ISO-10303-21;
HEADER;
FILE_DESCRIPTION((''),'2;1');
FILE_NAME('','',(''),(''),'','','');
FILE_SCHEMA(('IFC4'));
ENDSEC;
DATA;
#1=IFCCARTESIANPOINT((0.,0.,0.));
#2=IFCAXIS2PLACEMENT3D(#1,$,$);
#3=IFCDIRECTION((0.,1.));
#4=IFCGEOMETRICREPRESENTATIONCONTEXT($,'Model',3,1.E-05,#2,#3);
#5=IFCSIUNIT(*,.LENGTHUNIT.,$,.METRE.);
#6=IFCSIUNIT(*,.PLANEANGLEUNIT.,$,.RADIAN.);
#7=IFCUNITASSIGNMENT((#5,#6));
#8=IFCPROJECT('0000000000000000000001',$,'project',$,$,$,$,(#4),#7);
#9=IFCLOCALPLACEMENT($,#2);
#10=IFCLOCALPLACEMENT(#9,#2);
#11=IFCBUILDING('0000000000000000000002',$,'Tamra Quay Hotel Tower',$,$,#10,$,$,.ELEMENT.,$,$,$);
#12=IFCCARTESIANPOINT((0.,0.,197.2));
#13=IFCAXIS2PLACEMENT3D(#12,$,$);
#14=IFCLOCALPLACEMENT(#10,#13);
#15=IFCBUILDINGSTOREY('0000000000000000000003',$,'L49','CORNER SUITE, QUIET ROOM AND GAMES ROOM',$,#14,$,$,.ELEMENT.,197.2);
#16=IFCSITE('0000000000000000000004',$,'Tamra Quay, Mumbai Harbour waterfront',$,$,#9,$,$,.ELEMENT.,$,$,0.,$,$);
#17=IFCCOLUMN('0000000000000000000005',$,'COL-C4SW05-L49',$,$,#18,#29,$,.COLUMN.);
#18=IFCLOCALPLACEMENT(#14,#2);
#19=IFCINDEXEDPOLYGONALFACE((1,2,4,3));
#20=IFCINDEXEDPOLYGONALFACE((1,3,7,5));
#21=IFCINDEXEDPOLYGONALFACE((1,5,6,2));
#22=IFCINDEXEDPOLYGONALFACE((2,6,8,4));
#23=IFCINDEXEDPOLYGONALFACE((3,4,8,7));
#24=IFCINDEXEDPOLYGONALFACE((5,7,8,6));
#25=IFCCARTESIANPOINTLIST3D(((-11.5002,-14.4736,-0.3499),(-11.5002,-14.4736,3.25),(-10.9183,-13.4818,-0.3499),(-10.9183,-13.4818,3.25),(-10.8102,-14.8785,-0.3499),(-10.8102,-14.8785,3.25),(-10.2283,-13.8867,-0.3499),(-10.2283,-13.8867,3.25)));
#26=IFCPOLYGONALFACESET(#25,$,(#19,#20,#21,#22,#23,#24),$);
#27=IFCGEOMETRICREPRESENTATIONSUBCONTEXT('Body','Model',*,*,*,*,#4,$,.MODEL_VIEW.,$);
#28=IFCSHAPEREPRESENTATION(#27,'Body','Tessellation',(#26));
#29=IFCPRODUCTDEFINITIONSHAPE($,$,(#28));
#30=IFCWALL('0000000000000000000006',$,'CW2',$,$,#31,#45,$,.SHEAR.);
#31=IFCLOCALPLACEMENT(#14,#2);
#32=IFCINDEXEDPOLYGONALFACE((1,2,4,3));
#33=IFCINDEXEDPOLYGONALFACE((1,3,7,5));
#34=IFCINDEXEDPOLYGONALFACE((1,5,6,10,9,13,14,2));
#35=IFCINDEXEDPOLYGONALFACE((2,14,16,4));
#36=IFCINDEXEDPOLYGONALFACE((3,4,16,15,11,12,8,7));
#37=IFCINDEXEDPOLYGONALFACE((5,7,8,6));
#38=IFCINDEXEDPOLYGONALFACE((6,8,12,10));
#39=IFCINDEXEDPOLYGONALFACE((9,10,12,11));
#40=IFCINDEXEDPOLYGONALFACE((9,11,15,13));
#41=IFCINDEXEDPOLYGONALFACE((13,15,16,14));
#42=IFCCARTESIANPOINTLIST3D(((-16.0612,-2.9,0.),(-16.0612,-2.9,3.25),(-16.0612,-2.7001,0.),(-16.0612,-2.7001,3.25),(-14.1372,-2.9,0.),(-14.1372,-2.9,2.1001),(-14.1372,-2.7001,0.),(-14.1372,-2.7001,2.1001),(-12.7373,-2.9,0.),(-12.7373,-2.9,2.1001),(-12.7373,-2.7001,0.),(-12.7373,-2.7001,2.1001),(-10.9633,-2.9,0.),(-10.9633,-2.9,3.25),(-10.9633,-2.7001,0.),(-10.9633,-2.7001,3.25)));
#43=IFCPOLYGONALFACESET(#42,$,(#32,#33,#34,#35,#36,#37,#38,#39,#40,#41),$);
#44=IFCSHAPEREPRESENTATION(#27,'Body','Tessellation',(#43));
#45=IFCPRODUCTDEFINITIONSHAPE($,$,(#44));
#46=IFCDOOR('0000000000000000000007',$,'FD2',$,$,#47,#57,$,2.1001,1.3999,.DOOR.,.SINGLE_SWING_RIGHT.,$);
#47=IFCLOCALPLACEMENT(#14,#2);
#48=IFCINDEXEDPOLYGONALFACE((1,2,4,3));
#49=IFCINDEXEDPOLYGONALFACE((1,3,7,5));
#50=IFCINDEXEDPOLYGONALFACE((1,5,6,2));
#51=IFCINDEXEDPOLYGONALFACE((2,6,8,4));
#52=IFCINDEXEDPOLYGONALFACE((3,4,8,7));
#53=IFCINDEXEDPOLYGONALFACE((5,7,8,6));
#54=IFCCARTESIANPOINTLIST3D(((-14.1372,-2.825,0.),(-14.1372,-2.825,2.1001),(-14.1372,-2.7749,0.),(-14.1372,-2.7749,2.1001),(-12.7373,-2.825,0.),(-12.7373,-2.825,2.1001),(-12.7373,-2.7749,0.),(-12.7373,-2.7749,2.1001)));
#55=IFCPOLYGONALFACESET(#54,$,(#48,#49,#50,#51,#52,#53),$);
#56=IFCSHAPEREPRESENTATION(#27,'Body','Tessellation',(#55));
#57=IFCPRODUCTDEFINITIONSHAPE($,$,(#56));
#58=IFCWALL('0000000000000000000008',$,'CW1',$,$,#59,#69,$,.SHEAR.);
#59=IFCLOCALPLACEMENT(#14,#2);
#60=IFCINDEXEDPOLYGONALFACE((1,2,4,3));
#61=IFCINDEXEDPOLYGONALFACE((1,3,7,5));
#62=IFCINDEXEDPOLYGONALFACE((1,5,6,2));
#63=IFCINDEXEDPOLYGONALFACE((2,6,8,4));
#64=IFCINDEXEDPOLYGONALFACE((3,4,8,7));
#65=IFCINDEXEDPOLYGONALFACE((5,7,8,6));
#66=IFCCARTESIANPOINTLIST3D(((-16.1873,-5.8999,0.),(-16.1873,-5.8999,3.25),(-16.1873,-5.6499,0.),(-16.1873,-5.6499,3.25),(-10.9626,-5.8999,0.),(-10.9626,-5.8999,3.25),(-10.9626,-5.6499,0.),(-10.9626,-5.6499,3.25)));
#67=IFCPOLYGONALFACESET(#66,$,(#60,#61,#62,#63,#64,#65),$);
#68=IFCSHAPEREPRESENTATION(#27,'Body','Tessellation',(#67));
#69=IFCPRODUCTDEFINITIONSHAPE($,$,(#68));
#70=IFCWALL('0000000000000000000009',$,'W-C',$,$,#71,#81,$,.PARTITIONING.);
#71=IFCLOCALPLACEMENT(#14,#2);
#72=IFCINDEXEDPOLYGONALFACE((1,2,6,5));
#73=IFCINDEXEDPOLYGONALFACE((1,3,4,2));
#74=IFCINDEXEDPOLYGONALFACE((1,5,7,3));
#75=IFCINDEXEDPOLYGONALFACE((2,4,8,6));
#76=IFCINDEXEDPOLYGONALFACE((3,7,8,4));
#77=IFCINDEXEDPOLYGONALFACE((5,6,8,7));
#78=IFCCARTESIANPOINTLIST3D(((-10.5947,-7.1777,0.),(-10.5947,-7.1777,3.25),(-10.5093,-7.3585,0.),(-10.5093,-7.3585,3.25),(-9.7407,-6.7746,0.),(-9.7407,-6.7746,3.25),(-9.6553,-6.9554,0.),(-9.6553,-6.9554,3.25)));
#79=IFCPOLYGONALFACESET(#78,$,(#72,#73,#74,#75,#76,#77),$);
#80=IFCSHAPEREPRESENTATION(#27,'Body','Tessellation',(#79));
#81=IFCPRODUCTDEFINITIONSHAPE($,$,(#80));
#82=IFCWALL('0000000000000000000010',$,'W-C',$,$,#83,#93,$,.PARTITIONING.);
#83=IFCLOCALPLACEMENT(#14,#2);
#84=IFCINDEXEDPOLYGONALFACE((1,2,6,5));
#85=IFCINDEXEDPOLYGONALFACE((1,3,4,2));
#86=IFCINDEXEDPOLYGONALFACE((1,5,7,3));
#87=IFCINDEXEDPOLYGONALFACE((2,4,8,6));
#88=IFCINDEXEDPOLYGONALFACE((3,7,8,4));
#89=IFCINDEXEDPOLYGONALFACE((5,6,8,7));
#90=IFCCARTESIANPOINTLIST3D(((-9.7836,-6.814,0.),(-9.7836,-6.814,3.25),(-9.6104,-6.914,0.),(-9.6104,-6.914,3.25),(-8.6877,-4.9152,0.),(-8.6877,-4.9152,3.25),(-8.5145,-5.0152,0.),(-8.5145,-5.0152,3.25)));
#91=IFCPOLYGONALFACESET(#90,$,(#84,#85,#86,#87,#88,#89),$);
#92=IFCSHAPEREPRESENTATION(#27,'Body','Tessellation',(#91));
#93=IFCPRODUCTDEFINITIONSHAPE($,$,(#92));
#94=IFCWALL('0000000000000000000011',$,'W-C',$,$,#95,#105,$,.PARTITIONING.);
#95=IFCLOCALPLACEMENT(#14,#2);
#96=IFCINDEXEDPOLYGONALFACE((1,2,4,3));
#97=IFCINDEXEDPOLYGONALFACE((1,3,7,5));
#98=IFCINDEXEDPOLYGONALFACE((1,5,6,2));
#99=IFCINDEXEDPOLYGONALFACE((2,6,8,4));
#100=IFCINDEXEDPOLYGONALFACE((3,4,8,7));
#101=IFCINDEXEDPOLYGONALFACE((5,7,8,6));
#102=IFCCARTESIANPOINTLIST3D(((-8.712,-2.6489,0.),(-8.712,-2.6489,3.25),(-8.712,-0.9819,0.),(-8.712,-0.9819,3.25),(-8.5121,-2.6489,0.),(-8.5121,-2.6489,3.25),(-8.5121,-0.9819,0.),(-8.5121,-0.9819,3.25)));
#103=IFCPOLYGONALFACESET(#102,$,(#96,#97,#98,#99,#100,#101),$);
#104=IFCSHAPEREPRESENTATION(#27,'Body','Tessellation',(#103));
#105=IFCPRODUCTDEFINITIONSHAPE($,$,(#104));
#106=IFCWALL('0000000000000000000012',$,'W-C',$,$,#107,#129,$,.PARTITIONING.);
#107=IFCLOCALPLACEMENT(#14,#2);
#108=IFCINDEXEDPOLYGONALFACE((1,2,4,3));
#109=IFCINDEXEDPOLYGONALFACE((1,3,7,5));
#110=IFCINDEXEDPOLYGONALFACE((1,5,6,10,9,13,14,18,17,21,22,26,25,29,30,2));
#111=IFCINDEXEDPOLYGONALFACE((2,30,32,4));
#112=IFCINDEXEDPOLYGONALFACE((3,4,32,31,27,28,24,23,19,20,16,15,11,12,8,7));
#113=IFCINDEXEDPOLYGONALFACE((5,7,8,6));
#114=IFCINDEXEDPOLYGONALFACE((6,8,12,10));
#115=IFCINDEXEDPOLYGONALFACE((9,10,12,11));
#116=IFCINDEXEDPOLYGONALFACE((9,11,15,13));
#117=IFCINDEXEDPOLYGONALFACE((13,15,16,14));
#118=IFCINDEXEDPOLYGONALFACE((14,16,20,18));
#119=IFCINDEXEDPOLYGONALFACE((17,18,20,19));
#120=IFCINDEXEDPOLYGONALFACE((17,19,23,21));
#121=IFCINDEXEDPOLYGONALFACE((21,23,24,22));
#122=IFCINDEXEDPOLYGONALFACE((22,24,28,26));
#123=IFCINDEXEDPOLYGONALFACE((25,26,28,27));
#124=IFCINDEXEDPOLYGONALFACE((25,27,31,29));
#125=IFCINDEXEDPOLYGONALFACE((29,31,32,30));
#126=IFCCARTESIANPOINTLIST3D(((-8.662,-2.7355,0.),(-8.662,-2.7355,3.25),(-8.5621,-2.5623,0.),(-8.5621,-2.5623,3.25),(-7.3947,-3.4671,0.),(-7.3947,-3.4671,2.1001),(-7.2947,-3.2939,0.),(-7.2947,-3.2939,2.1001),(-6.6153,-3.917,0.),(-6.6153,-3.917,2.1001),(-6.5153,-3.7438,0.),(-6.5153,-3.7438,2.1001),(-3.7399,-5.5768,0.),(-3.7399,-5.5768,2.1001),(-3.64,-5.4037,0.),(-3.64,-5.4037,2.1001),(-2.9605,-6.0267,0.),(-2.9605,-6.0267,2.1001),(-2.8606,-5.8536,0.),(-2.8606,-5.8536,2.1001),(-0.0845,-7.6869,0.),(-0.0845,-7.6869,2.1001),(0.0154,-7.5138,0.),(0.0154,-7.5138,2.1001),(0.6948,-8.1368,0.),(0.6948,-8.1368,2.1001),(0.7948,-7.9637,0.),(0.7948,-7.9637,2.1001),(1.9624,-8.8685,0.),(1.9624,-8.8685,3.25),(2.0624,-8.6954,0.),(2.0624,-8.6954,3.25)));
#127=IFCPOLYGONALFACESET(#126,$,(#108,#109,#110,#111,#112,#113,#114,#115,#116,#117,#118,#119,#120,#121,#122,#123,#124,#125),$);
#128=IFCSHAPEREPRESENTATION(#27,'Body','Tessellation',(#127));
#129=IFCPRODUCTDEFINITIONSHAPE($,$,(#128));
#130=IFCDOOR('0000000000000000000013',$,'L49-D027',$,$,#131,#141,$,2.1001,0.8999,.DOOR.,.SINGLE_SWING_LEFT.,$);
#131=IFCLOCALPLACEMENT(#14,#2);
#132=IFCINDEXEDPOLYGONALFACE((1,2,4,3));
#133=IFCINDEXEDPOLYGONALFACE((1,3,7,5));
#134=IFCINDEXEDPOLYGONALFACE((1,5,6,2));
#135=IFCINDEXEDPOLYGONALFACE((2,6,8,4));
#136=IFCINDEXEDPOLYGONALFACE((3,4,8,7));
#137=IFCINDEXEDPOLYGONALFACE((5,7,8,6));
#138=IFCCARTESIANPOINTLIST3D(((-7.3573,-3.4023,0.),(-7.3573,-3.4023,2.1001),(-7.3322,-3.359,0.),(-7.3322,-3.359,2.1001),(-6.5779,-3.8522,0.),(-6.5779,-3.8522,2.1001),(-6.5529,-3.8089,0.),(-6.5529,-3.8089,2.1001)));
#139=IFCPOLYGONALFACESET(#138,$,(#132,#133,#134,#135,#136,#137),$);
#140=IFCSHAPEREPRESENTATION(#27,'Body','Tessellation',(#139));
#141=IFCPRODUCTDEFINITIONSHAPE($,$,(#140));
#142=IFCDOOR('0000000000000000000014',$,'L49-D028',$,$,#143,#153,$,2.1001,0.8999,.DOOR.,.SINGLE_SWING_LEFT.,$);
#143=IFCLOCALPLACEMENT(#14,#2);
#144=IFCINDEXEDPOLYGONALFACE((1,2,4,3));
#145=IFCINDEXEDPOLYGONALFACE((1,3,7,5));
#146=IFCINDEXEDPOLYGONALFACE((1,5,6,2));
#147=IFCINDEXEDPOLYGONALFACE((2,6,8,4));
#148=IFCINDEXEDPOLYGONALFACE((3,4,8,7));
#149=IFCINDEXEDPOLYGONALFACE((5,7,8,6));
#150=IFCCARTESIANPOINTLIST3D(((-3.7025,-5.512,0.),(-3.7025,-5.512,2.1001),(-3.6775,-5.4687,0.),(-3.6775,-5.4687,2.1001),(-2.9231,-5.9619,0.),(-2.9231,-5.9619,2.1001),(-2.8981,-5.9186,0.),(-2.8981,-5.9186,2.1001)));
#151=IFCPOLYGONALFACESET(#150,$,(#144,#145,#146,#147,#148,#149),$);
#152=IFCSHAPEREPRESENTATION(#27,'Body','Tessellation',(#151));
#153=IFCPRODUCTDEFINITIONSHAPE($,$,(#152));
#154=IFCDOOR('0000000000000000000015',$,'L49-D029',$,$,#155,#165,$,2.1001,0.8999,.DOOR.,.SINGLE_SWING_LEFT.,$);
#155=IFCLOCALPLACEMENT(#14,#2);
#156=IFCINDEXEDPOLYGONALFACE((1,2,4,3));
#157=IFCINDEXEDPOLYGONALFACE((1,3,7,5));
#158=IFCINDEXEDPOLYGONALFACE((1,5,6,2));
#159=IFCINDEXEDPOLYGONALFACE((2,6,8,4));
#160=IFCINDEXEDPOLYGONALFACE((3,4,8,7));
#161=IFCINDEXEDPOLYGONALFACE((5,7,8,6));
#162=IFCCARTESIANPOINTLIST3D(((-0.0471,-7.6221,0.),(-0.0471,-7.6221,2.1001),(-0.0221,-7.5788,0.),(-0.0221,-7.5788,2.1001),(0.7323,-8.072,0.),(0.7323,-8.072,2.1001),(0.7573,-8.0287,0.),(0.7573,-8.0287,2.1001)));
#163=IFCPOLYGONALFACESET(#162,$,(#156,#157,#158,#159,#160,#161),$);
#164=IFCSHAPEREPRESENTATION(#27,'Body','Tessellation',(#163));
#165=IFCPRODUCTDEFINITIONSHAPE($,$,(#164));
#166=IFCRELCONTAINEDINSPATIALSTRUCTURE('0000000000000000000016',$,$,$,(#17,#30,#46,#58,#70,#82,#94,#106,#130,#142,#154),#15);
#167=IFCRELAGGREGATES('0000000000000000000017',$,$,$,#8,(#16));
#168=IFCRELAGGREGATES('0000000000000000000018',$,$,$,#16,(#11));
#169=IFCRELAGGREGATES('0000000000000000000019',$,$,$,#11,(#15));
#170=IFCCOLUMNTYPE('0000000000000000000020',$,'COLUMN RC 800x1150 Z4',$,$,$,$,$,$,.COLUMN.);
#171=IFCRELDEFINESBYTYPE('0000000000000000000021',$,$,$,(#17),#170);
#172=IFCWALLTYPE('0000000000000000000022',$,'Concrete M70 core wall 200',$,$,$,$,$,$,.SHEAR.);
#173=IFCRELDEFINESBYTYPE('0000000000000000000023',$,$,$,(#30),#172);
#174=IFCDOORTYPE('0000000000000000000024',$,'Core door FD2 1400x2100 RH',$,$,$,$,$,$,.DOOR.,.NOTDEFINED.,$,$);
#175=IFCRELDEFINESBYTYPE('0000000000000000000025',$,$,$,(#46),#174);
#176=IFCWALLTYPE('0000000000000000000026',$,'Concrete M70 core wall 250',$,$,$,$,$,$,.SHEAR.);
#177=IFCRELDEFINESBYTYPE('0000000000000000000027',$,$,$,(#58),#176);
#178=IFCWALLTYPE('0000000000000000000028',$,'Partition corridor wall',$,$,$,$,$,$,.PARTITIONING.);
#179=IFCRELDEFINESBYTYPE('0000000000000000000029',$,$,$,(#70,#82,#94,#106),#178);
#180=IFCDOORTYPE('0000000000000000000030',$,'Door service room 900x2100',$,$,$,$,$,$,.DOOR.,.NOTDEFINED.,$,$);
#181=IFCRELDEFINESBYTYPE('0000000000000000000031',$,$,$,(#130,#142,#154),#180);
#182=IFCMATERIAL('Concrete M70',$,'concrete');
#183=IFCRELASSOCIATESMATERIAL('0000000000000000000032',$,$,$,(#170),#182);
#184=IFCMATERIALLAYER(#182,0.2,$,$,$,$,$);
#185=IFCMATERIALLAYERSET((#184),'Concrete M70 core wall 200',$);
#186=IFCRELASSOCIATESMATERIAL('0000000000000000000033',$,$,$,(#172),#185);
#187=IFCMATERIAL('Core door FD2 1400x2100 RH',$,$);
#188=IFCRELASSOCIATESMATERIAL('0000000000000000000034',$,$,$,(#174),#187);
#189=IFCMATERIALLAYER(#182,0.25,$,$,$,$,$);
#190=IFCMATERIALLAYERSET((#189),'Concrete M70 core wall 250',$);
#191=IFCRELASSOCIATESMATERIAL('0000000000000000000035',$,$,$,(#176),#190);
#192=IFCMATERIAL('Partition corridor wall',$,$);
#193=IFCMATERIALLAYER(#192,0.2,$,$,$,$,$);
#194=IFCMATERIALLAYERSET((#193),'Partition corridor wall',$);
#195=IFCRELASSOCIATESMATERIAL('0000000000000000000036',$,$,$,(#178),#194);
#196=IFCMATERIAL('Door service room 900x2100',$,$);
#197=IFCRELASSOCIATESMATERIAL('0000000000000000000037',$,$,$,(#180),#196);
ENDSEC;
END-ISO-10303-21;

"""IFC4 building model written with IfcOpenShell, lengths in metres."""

from ifc_helpers import new_model, si_unit, direction, frame, frame_2d, origin, origin_2d, place, context, subcontext, project, spatial, rectangle, extrude, material, layer, layer_set, material_profile, profile_set, type_object, element, fill, save


model = new_model("IFC4")

# Units and contexts
model_context = context("Model", 3, precision=1e-05, world=origin(), true_north=direction((0.0, 1.0)))
body_context = subcontext(model_context, "Body", "Model", "MODEL_VIEW")
ifc_project = project(units=[si_unit("LENGTHUNIT", "METRE"), si_unit("PLANEANGLEUNIT", "RADIAN")], contexts=[model_context])

# Site, building, storey
site_placement = place(None, origin())
site = spatial("IfcSite", under=ifc_project, at=site_placement, Name="Tamra Quay, Mumbai Harbour waterfront", CompositionType="ELEMENT", RefElevation=0.0)
building_placement = place(site_placement, origin())
building = spatial("IfcBuilding", under=site, at=building_placement, Name="Tamra Quay Hotel Tower", CompositionType="ELEMENT")
storey_placement = place(building_placement, frame((0.0, 0.0, 197.2)))
storey = spatial("IfcBuildingStorey", under=building, at=storey_placement, Name="L49", Description="CORNER SUITE, QUIET ROOM AND GAMES ROOM", CompositionType="ELEMENT", Elevation=197.2)

# Column
ifc_material_1 = material(Name="Concrete M70", Category="concrete")
ifc_material_profile = material_profile(ifc_material_1, rectangle(XDim=1.1499, YDim=0.8, at=origin_2d()), Name="COLUMN RC 800x1150 Z4")
ifc_profile_set = profile_set([ifc_material_profile], Name="Concrete M70")
column_type = type_object("IfcColumnType", Name="COLUMN RC 800x1150 Z4", PredefinedType="COLUMN", material=ifc_profile_set)
column_placement = place(storey_placement, frame((-10.8643, -14.1802, -0.3499), z_axis=(0.0, 0.0, 1.0), x_axis=(0.506085, 0.862484, 0.0)))
element("IfcColumn", 1, at=column_placement, inside=storey, type_object=column_type, Name="COL-C4SW05-L49", PredefinedType="COLUMN", context=body_context, shape_type="SweptSolid", body=[
    extrude(rectangle(XDim=1.1499, YDim=0.8, at=origin_2d()), origin(), (0.0, 0.0, 1.0), 3.5999),
])

# Wall, opening, door
ifc_layer_1 = layer(ifc_material_1, 0.2)
ifc_layer_set_1 = layer_set([ifc_layer_1], Name="Concrete M70 core wall 200")
wall_type_1 = type_object("IfcWallType", Name="Concrete M70 core wall 200", PredefinedType="SHEAR", material=ifc_layer_set_1)
wall_1_placement = place(storey_placement, frame((-10.9634, -2.8, 0.0), z_axis=(0.0, 0.0, 1.0), x_axis=(-1.0, 0.0, 0.0)))
wall_1 = element("IfcWall", 2, at=wall_1_placement, inside=storey, type_object=wall_type_1, Name="CW2", PredefinedType="SHEAR", context=body_context, shape_type="SweptSolid", body=[
    extrude(rectangle(XDim=5.0979, YDim=0.2, at=frame_2d((2.5488, 0.0))), origin(), (0.0, 0.0, 1.0), 3.25),
])
opening_1_placement = place(wall_1_placement, frame((1.7739, 0.0, 0.0)))
opening_1 = element("IfcOpeningElement", 3, at=opening_1_placement, cuts=wall_1, PredefinedType="OPENING", context=body_context, shape_type="SweptSolid", body=[
    extrude(rectangle(XDim=1.3999, YDim=2.1001, at=frame_2d((0.7, 1.05))), frame((0.0, 0.1099, 0.0), z_axis=(0.0, -1.0, 0.0), x_axis=(1.0, 0.0, 0.0)), (0.0, 0.0, 1.0), 0.22),
])
ifc_material_2 = material(Name="Core door FD2 1400x2100 RH")
door_type_1 = type_object("IfcDoorType", Name="Core door FD2 1400x2100 RH", OperationType="NOTDEFINED", PredefinedType="DOOR", material=ifc_material_2)
door_1_placement = place(opening_1_placement, origin())
door_1 = element("IfcDoor", 4, at=door_1_placement, inside=storey, type_object=door_type_1, Name="FD2", OperationType="SINGLE_SWING_RIGHT", OverallHeight=2.1001, OverallWidth=1.3999, PredefinedType="DOOR", context=body_context, shape_type="SweptSolid", body=[
    extrude(rectangle(XDim=1.3999, YDim=2.1001, at=frame_2d((0.7, 1.05))), frame((0.0, 0.0249, 0.0), z_axis=(0.0, -1.0, 0.0), x_axis=(1.0, 0.0, 0.0)), (0.0, 0.0, 1.0), 0.05),
])
fill(opening_1, door_1)

# Walls
ifc_layer_2 = layer(ifc_material_1, 0.25)
ifc_layer_set_2 = layer_set([ifc_layer_2], Name="Concrete M70 core wall 250")
wall_type_2 = type_object("IfcWallType", Name="Concrete M70 core wall 250", PredefinedType="SHEAR", material=ifc_layer_set_2)
wall_2_placement = place(storey_placement, frame((-10.9626, -5.7749, 0.0), z_axis=(0.0, 0.0, 1.0), x_axis=(-1.0, 0.0, 0.0)))
element("IfcWall", 5, at=wall_2_placement, inside=storey, type_object=wall_type_2, Name="CW1", PredefinedType="SHEAR", context=body_context, shape_type="SweptSolid", body=[
    extrude(rectangle(XDim=5.2246, YDim=0.25, at=frame_2d((2.6123, 0.0))), origin(), (0.0, 0.0, 1.0), 3.25),
])
ifc_material_3 = material(Name="Partition corridor wall")
ifc_layer_3 = layer(ifc_material_3, 0.2)
ifc_layer_set_3 = layer_set([ifc_layer_3], Name="Partition corridor wall")
wall_type_3 = type_object("IfcWallType", Name="Partition corridor wall", PredefinedType="PARTITIONING", material=ifc_layer_set_3)
wall_3_placement = place(storey_placement, frame((-10.552, -7.2681, 0.0), z_axis=(0.0, 0.0, 1.0), x_axis=(0.904332, 0.42683, 0.0)))
element("IfcWall", 6, at=wall_3_placement, inside=storey, type_object=wall_type_3, Name="W-C", PredefinedType="PARTITIONING", context=body_context, shape_type="SweptSolid", body=[
    extrude(rectangle(XDim=0.9443, YDim=0.2, at=frame_2d((0.4722, 0.0))), origin(), (0.0, 0.0, 1.0), 3.25),
])
wall_4_placement = place(storey_placement, frame((-9.697, -6.864, 0.0), z_axis=(0.0, 0.0, 1.0), x_axis=(0.499864, 0.866104, 0.0)))
element("IfcWall", 7, at=wall_4_placement, inside=storey, type_object=wall_type_3, Name="W-C", PredefinedType="PARTITIONING", context=body_context, shape_type="SweptSolid", body=[
    extrude(rectangle(XDim=2.1924, YDim=0.2, at=frame_2d((1.0962, 0.0))), origin(), (0.0, 0.0, 1.0), 3.25),
])
wall_5_placement = place(storey_placement, frame((-8.6121, -2.6489, 0.0), z_axis=(0.0, 0.0, 1.0), x_axis=(0.0, 1.0, 0.0)))
element("IfcWall", 8, at=wall_5_placement, inside=storey, type_object=wall_type_3, Name="W-C", PredefinedType="PARTITIONING", context=body_context, shape_type="SweptSolid", body=[
    extrude(rectangle(XDim=1.667, YDim=0.2, at=frame_2d((0.8335, 0.0))), origin(), (0.0, 0.0, 1.0), 3.25),
])

# Wall, openings, doors
wall_6_placement = place(storey_placement, frame((-8.6121, -2.6489, 0.0), z_axis=(0.0, 0.0, 1.0), x_axis=(0.866061, -0.499938, 0.0)))
wall_6 = element("IfcWall", 9, at=wall_6_placement, inside=storey, type_object=wall_type_3, Name="W-C", PredefinedType="PARTITIONING", context=body_context, shape_type="SweptSolid", body=[
    extrude(rectangle(XDim=12.2676, YDim=0.2, at=frame_2d((6.1338, 0.0))), origin(), (0.0, 0.0, 1.0), 3.25),
])
opening_2_placement = place(wall_6_placement, frame((1.4634, 0.0, 0.0)))
opening_2 = element("IfcOpeningElement", 10, at=opening_2_placement, cuts=wall_6, PredefinedType="OPENING", context=body_context, shape_type="SweptSolid", body=[
    extrude(rectangle(XDim=0.8999, YDim=2.1001, at=frame_2d((0.45, 1.05))), frame((0.0, 0.1099, 0.0), z_axis=(0.0, -1.0, 0.0), x_axis=(1.0, 0.0, 0.0)), (0.0, 0.0, 1.0), 0.22),
])
opening_3_placement = place(wall_6_placement, frame((5.6833, 0.0, 0.0)))
opening_3 = element("IfcOpeningElement", 11, at=opening_3_placement, cuts=wall_6, PredefinedType="OPENING", context=body_context, shape_type="SweptSolid", body=[
    extrude(rectangle(XDim=0.8999, YDim=2.1001, at=frame_2d((0.45, 1.05))), frame((0.0, 0.1099, 0.0), z_axis=(0.0, -1.0, 0.0), x_axis=(1.0, 0.0, 0.0)), (0.0, 0.0, 1.0), 0.22),
])
opening_4_placement = place(wall_6_placement, frame((9.9041, 0.0, 0.0)))
opening_4 = element("IfcOpeningElement", 12, at=opening_4_placement, cuts=wall_6, PredefinedType="OPENING", context=body_context, shape_type="SweptSolid", body=[
    extrude(rectangle(XDim=0.8999, YDim=2.1001, at=frame_2d((0.45, 1.05))), frame((0.0, 0.1099, 0.0), z_axis=(0.0, -1.0, 0.0), x_axis=(1.0, 0.0, 0.0)), (0.0, 0.0, 1.0), 0.22),
])
ifc_material_4 = material(Name="Door service room 900x2100")
door_type_2 = type_object("IfcDoorType", Name="Door service room 900x2100", OperationType="NOTDEFINED", PredefinedType="DOOR", material=ifc_material_4)
door_2_placement = place(opening_2_placement, origin())
door_2 = element("IfcDoor", 13, at=door_2_placement, inside=storey, type_object=door_type_2, Name="L49-D027", OperationType="SINGLE_SWING_LEFT", OverallHeight=2.1001, OverallWidth=0.8999, PredefinedType="DOOR", context=body_context, shape_type="SweptSolid", body=[
    extrude(rectangle(XDim=0.8999, YDim=2.1001, at=frame_2d((0.45, 1.05))), frame((0.0, 0.0249, 0.0), z_axis=(0.0, -1.0, 0.0), x_axis=(1.0, 0.0, 0.0)), (0.0, 0.0, 1.0), 0.05),
])
fill(opening_2, door_2)
door_3_placement = place(opening_3_placement, origin())
door_3 = element("IfcDoor", 14, at=door_3_placement, inside=storey, type_object=door_type_2, Name="L49-D028", OperationType="SINGLE_SWING_LEFT", OverallHeight=2.1001, OverallWidth=0.8999, PredefinedType="DOOR", context=body_context, shape_type="SweptSolid", body=[
    extrude(rectangle(XDim=0.8999, YDim=2.1001, at=frame_2d((0.45, 1.05))), frame((0.0, 0.0249, 0.0), z_axis=(0.0, -1.0, 0.0), x_axis=(1.0, 0.0, 0.0)), (0.0, 0.0, 1.0), 0.05),
])
fill(opening_3, door_3)
door_4_placement = place(opening_4_placement, origin())
door_4 = element("IfcDoor", 15, at=door_4_placement, inside=storey, type_object=door_type_2, Name="L49-D029", OperationType="SINGLE_SWING_LEFT", OverallHeight=2.1001, OverallWidth=0.8999, PredefinedType="DOOR", context=body_context, shape_type="SweptSolid", body=[
    extrude(rectangle(XDim=0.8999, YDim=2.1001, at=frame_2d((0.45, 1.05))), frame((0.0, 0.0249, 0.0), z_axis=(0.0, -1.0, 0.0), x_axis=(1.0, 0.0, 0.0)), (0.0, 0.0, 1.0), 0.05),
])
fill(opening_4, door_4)

save(model, "model.ifc")
